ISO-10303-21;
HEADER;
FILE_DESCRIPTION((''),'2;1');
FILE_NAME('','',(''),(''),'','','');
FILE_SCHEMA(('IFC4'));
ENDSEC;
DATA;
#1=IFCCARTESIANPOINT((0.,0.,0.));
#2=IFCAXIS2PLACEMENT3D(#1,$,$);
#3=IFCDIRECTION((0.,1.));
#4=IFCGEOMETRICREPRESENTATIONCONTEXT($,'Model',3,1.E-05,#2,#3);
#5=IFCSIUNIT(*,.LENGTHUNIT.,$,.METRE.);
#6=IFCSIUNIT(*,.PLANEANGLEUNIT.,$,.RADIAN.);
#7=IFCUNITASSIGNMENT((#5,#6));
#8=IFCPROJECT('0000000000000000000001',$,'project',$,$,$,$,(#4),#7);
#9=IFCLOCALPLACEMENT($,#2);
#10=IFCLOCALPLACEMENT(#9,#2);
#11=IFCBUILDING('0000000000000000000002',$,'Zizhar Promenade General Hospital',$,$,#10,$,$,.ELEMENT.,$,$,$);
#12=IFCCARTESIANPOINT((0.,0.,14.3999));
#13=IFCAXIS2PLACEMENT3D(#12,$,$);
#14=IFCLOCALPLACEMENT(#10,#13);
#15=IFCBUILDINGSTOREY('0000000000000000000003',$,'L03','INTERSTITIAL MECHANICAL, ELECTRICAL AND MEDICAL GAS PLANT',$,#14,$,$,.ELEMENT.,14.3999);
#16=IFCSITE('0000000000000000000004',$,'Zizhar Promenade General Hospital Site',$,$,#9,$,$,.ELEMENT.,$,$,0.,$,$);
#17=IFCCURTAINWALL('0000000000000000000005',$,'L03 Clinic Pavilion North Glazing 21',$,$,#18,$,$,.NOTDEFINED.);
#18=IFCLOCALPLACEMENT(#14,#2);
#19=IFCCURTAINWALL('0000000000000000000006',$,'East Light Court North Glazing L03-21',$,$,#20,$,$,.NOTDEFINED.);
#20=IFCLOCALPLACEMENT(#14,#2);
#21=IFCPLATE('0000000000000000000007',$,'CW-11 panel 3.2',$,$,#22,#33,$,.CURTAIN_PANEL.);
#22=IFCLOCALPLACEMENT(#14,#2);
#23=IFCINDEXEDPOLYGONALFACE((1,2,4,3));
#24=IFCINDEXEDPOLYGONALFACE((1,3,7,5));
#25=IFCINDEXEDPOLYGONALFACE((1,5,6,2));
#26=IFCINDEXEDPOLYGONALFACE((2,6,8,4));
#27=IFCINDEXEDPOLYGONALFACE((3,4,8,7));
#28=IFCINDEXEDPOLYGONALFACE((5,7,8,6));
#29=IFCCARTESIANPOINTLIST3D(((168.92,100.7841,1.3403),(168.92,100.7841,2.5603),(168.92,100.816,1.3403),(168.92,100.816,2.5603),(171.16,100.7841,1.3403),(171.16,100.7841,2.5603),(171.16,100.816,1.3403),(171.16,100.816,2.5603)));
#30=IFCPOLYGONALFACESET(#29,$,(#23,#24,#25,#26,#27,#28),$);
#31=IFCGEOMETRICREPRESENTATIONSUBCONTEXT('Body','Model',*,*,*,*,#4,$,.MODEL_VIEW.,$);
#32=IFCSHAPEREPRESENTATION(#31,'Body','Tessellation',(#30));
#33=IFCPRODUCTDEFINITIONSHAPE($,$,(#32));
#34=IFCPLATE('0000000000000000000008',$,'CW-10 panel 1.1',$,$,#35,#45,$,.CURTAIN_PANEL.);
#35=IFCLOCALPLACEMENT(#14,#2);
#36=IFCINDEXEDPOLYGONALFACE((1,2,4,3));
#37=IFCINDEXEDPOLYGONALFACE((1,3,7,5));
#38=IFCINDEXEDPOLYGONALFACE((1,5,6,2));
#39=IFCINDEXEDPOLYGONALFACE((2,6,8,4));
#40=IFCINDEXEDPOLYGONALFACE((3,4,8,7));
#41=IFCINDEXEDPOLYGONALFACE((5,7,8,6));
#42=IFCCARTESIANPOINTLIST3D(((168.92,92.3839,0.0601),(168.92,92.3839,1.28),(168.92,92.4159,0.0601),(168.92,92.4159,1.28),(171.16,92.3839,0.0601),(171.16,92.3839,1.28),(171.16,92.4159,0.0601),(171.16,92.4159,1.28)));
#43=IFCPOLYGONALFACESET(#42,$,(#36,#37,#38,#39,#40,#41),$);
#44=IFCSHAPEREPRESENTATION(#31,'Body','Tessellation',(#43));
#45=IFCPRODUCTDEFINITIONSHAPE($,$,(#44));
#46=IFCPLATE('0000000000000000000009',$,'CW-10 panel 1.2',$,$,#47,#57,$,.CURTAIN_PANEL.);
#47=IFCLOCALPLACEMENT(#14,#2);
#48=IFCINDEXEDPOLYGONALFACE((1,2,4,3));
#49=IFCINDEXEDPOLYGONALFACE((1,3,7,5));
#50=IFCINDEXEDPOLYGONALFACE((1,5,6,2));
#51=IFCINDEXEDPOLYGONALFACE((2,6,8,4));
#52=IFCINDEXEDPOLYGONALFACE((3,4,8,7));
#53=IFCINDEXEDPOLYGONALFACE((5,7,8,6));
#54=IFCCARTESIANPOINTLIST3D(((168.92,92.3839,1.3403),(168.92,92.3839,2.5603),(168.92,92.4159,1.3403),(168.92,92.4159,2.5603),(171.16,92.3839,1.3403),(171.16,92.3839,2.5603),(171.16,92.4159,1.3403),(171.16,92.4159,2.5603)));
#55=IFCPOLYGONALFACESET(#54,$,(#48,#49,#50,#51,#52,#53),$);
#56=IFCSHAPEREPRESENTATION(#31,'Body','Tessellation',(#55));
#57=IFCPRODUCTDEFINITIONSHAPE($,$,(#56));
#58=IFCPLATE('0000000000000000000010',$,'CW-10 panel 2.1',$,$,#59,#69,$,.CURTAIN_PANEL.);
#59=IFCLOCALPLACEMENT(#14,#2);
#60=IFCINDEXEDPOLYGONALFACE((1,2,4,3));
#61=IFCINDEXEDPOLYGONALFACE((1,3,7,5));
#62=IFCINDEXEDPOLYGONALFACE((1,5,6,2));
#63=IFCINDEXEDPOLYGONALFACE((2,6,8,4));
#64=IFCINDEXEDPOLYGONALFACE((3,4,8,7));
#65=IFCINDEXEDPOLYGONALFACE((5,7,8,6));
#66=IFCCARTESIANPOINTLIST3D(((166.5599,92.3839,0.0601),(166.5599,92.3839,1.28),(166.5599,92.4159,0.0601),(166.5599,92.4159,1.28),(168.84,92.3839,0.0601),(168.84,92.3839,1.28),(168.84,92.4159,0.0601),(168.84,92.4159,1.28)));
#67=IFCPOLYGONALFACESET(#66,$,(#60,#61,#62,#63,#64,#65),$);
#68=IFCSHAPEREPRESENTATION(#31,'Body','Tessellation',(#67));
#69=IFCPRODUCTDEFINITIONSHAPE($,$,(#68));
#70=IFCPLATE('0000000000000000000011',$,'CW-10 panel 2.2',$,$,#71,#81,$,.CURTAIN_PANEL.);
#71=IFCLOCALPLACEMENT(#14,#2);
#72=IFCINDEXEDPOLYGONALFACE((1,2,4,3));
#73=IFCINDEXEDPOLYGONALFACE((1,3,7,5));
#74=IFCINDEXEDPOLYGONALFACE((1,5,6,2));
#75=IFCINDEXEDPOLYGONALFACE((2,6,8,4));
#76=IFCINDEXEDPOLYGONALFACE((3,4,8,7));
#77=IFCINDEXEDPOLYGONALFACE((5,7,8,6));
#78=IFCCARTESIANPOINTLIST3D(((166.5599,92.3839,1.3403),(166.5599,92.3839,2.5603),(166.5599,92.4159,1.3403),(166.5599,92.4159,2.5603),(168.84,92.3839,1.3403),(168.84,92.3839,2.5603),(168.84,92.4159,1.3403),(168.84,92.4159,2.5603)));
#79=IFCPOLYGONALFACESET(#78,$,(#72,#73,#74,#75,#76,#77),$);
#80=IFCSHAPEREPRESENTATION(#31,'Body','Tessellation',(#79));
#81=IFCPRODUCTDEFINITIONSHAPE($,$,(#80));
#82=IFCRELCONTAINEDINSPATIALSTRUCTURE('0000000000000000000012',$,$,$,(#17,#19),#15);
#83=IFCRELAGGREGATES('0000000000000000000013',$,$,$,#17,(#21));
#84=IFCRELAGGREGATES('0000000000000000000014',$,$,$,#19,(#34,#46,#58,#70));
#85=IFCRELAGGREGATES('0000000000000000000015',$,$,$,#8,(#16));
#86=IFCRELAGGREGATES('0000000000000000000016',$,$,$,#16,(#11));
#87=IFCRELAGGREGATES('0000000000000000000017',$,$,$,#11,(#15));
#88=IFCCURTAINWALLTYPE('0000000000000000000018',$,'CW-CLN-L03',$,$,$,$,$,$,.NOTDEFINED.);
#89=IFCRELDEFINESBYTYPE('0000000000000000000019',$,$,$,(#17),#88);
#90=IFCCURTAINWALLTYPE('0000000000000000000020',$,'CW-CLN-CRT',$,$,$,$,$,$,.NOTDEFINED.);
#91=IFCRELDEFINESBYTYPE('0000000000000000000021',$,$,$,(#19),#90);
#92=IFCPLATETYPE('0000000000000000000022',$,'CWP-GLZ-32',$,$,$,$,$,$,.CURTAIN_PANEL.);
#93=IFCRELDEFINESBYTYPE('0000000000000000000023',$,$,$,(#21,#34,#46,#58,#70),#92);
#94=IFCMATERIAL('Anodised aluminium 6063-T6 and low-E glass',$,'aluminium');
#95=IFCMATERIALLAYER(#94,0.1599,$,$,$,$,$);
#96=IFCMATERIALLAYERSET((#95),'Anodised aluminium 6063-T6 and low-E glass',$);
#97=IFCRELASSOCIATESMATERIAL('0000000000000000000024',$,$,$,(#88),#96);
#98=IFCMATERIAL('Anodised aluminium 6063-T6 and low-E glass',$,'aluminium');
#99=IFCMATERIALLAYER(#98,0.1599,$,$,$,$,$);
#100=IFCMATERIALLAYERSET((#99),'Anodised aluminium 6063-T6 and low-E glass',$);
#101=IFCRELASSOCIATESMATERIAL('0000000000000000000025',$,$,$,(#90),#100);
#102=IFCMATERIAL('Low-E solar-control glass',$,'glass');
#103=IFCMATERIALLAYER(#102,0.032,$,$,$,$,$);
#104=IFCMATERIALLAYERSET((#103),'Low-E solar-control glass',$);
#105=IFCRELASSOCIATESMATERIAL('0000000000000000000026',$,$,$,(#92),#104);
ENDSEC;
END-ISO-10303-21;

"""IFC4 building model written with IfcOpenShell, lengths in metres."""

from ifc_helpers import new_model, si_unit, direction, frame, origin, origin_2d, place, context, subcontext, project, spatial, rectangle, extrude, material, layer, layer_set, type_object, element, aggregate, save


model = new_model("IFC4")

# Units and contexts
model_context = context("Model", 3, precision=1e-05, world=origin(), true_north=direction((0.0, 1.0)))
body_context = subcontext(model_context, "Body", "Model", "MODEL_VIEW")
ifc_project = project(units=[si_unit("LENGTHUNIT", "METRE"), si_unit("PLANEANGLEUNIT", "RADIAN")], contexts=[model_context])

# Site, building, storey
site_placement = place(None, origin())
site = spatial("IfcSite", under=ifc_project, at=site_placement, Name="Zizhar Promenade General Hospital Site", CompositionType="ELEMENT", RefElevation=0.0)
building_placement = place(site_placement, origin())
building = spatial("IfcBuilding", under=site, at=building_placement, Name="Zizhar Promenade General Hospital", CompositionType="ELEMENT")
storey_placement = place(building_placement, frame((0.0, 0.0, 14.3999)))
storey = spatial("IfcBuildingStorey", under=building, at=storey_placement, Name="L03", Description="INTERSTITIAL MECHANICAL, ELECTRICAL AND MEDICAL GAS PLANT", CompositionType="ELEMENT", Elevation=14.3999)

# Curtain wall
ifc_material_1 = material(Name="Anodised aluminium 6063-T6 and low-E glass", Category="aluminium")
ifc_layer_1 = layer(ifc_material_1, 0.1599)
ifc_layer_set_1 = layer_set([ifc_layer_1], Name="Anodised aluminium 6063-T6 and low-E glass")
curtain_wall_type_1 = type_object("IfcCurtainWallType", Name="CW-CLN-L03", PredefinedType="NOTDEFINED", material=ifc_layer_set_1)
curtain_wall_1_placement = place(storey_placement, origin())
curtain_wall_1 = element("IfcCurtainWall", 1, at=curtain_wall_1_placement, inside=storey, type_object=curtain_wall_type_1, Name="L03 Clinic Pavilion North Glazing 21", PredefinedType="NOTDEFINED")

# Curtain wall
ifc_material_2 = material(Name="Anodised aluminium 6063-T6 and low-E glass", Category="aluminium")
ifc_layer_2 = layer(ifc_material_2, 0.1599)
ifc_layer_set_2 = layer_set([ifc_layer_2], Name="Anodised aluminium 6063-T6 and low-E glass")
curtain_wall_type_2 = type_object("IfcCurtainWallType", Name="CW-CLN-CRT", PredefinedType="NOTDEFINED", material=ifc_layer_set_2)
curtain_wall_2_placement = place(storey_placement, origin())
curtain_wall_2 = element("IfcCurtainWall", 2, at=curtain_wall_2_placement, inside=storey, type_object=curtain_wall_type_2, Name="East Light Court North Glazing L03-21", PredefinedType="NOTDEFINED")

# Plates
ifc_material_3 = material(Name="Low-E solar-control glass", Category="glass")
ifc_layer_3 = layer(ifc_material_3, 0.032)
ifc_layer_set_3 = layer_set([ifc_layer_3], Name="Low-E solar-control glass")
plate_type = type_object("IfcPlateType", Name="CWP-GLZ-32", PredefinedType="CURTAIN_PANEL", material=ifc_layer_set_3)
plate_1_placement = place(storey_placement, frame((170.04, 100.8, 1.3403), z_axis=(0.0, 0.0, 1.0), x_axis=(1.0, 0.0, 0.0)))
plate_1 = element("IfcPlate", 3, at=plate_1_placement, type_object=plate_type, Name="CW-11 panel 3.2", PredefinedType="CURTAIN_PANEL", context=body_context, shape_type="SweptSolid", body=[
    extrude(rectangle(XDim=2.24, YDim=0.032, at=origin_2d()), origin(), (0.0, 0.0, 1.0), 1.22),
])
aggregate(curtain_wall_1, [plate_1])
plate_2_placement = place(storey_placement, frame((170.04, 92.3999, 0.0601), z_axis=(0.0, 0.0, 1.0), x_axis=(-1.0, 0.0, 0.0)))
plate_2 = element("IfcPlate", 4, at=plate_2_placement, type_object=plate_type, Name="CW-10 panel 1.1", PredefinedType="CURTAIN_PANEL", context=body_context, shape_type="SweptSolid", body=[
    extrude(rectangle(XDim=2.24, YDim=0.032, at=origin_2d()), origin(), (0.0, 0.0, 1.0), 1.22),
])
plate_3_placement = place(storey_placement, frame((170.04, 92.3999, 1.3403), z_axis=(0.0, 0.0, 1.0), x_axis=(-1.0, 0.0, 0.0)))
plate_3 = element("IfcPlate", 5, at=plate_3_placement, type_object=plate_type, Name="CW-10 panel 1.2", PredefinedType="CURTAIN_PANEL", context=body_context, shape_type="SweptSolid", body=[
    extrude(rectangle(XDim=2.24, YDim=0.032, at=origin_2d()), origin(), (0.0, 0.0, 1.0), 1.22),
])
plate_4_placement = place(storey_placement, frame((167.7, 92.3999, 0.0601), z_axis=(0.0, 0.0, 1.0), x_axis=(-1.0, 0.0, 0.0)))
plate_4 = element("IfcPlate", 6, at=plate_4_placement, type_object=plate_type, Name="CW-10 panel 2.1", PredefinedType="CURTAIN_PANEL", context=body_context, shape_type="SweptSolid", body=[
    extrude(rectangle(XDim=2.28, YDim=0.032, at=origin_2d()), origin(), (0.0, 0.0, 1.0), 1.22),
])
plate_5_placement = place(storey_placement, frame((167.7, 92.3999, 1.3403), z_axis=(0.0, 0.0, 1.0), x_axis=(-1.0, 0.0, 0.0)))
plate_5 = element("IfcPlate", 7, at=plate_5_placement, type_object=plate_type, Name="CW-10 panel 2.2", PredefinedType="CURTAIN_PANEL", context=body_context, shape_type="SweptSolid", body=[
    extrude(rectangle(XDim=2.28, YDim=0.032, at=origin_2d()), origin(), (0.0, 0.0, 1.0), 1.22),
])
aggregate(curtain_wall_2, [plate_2, plate_3, plate_4, plate_5])

save(model, "model.ifc")
